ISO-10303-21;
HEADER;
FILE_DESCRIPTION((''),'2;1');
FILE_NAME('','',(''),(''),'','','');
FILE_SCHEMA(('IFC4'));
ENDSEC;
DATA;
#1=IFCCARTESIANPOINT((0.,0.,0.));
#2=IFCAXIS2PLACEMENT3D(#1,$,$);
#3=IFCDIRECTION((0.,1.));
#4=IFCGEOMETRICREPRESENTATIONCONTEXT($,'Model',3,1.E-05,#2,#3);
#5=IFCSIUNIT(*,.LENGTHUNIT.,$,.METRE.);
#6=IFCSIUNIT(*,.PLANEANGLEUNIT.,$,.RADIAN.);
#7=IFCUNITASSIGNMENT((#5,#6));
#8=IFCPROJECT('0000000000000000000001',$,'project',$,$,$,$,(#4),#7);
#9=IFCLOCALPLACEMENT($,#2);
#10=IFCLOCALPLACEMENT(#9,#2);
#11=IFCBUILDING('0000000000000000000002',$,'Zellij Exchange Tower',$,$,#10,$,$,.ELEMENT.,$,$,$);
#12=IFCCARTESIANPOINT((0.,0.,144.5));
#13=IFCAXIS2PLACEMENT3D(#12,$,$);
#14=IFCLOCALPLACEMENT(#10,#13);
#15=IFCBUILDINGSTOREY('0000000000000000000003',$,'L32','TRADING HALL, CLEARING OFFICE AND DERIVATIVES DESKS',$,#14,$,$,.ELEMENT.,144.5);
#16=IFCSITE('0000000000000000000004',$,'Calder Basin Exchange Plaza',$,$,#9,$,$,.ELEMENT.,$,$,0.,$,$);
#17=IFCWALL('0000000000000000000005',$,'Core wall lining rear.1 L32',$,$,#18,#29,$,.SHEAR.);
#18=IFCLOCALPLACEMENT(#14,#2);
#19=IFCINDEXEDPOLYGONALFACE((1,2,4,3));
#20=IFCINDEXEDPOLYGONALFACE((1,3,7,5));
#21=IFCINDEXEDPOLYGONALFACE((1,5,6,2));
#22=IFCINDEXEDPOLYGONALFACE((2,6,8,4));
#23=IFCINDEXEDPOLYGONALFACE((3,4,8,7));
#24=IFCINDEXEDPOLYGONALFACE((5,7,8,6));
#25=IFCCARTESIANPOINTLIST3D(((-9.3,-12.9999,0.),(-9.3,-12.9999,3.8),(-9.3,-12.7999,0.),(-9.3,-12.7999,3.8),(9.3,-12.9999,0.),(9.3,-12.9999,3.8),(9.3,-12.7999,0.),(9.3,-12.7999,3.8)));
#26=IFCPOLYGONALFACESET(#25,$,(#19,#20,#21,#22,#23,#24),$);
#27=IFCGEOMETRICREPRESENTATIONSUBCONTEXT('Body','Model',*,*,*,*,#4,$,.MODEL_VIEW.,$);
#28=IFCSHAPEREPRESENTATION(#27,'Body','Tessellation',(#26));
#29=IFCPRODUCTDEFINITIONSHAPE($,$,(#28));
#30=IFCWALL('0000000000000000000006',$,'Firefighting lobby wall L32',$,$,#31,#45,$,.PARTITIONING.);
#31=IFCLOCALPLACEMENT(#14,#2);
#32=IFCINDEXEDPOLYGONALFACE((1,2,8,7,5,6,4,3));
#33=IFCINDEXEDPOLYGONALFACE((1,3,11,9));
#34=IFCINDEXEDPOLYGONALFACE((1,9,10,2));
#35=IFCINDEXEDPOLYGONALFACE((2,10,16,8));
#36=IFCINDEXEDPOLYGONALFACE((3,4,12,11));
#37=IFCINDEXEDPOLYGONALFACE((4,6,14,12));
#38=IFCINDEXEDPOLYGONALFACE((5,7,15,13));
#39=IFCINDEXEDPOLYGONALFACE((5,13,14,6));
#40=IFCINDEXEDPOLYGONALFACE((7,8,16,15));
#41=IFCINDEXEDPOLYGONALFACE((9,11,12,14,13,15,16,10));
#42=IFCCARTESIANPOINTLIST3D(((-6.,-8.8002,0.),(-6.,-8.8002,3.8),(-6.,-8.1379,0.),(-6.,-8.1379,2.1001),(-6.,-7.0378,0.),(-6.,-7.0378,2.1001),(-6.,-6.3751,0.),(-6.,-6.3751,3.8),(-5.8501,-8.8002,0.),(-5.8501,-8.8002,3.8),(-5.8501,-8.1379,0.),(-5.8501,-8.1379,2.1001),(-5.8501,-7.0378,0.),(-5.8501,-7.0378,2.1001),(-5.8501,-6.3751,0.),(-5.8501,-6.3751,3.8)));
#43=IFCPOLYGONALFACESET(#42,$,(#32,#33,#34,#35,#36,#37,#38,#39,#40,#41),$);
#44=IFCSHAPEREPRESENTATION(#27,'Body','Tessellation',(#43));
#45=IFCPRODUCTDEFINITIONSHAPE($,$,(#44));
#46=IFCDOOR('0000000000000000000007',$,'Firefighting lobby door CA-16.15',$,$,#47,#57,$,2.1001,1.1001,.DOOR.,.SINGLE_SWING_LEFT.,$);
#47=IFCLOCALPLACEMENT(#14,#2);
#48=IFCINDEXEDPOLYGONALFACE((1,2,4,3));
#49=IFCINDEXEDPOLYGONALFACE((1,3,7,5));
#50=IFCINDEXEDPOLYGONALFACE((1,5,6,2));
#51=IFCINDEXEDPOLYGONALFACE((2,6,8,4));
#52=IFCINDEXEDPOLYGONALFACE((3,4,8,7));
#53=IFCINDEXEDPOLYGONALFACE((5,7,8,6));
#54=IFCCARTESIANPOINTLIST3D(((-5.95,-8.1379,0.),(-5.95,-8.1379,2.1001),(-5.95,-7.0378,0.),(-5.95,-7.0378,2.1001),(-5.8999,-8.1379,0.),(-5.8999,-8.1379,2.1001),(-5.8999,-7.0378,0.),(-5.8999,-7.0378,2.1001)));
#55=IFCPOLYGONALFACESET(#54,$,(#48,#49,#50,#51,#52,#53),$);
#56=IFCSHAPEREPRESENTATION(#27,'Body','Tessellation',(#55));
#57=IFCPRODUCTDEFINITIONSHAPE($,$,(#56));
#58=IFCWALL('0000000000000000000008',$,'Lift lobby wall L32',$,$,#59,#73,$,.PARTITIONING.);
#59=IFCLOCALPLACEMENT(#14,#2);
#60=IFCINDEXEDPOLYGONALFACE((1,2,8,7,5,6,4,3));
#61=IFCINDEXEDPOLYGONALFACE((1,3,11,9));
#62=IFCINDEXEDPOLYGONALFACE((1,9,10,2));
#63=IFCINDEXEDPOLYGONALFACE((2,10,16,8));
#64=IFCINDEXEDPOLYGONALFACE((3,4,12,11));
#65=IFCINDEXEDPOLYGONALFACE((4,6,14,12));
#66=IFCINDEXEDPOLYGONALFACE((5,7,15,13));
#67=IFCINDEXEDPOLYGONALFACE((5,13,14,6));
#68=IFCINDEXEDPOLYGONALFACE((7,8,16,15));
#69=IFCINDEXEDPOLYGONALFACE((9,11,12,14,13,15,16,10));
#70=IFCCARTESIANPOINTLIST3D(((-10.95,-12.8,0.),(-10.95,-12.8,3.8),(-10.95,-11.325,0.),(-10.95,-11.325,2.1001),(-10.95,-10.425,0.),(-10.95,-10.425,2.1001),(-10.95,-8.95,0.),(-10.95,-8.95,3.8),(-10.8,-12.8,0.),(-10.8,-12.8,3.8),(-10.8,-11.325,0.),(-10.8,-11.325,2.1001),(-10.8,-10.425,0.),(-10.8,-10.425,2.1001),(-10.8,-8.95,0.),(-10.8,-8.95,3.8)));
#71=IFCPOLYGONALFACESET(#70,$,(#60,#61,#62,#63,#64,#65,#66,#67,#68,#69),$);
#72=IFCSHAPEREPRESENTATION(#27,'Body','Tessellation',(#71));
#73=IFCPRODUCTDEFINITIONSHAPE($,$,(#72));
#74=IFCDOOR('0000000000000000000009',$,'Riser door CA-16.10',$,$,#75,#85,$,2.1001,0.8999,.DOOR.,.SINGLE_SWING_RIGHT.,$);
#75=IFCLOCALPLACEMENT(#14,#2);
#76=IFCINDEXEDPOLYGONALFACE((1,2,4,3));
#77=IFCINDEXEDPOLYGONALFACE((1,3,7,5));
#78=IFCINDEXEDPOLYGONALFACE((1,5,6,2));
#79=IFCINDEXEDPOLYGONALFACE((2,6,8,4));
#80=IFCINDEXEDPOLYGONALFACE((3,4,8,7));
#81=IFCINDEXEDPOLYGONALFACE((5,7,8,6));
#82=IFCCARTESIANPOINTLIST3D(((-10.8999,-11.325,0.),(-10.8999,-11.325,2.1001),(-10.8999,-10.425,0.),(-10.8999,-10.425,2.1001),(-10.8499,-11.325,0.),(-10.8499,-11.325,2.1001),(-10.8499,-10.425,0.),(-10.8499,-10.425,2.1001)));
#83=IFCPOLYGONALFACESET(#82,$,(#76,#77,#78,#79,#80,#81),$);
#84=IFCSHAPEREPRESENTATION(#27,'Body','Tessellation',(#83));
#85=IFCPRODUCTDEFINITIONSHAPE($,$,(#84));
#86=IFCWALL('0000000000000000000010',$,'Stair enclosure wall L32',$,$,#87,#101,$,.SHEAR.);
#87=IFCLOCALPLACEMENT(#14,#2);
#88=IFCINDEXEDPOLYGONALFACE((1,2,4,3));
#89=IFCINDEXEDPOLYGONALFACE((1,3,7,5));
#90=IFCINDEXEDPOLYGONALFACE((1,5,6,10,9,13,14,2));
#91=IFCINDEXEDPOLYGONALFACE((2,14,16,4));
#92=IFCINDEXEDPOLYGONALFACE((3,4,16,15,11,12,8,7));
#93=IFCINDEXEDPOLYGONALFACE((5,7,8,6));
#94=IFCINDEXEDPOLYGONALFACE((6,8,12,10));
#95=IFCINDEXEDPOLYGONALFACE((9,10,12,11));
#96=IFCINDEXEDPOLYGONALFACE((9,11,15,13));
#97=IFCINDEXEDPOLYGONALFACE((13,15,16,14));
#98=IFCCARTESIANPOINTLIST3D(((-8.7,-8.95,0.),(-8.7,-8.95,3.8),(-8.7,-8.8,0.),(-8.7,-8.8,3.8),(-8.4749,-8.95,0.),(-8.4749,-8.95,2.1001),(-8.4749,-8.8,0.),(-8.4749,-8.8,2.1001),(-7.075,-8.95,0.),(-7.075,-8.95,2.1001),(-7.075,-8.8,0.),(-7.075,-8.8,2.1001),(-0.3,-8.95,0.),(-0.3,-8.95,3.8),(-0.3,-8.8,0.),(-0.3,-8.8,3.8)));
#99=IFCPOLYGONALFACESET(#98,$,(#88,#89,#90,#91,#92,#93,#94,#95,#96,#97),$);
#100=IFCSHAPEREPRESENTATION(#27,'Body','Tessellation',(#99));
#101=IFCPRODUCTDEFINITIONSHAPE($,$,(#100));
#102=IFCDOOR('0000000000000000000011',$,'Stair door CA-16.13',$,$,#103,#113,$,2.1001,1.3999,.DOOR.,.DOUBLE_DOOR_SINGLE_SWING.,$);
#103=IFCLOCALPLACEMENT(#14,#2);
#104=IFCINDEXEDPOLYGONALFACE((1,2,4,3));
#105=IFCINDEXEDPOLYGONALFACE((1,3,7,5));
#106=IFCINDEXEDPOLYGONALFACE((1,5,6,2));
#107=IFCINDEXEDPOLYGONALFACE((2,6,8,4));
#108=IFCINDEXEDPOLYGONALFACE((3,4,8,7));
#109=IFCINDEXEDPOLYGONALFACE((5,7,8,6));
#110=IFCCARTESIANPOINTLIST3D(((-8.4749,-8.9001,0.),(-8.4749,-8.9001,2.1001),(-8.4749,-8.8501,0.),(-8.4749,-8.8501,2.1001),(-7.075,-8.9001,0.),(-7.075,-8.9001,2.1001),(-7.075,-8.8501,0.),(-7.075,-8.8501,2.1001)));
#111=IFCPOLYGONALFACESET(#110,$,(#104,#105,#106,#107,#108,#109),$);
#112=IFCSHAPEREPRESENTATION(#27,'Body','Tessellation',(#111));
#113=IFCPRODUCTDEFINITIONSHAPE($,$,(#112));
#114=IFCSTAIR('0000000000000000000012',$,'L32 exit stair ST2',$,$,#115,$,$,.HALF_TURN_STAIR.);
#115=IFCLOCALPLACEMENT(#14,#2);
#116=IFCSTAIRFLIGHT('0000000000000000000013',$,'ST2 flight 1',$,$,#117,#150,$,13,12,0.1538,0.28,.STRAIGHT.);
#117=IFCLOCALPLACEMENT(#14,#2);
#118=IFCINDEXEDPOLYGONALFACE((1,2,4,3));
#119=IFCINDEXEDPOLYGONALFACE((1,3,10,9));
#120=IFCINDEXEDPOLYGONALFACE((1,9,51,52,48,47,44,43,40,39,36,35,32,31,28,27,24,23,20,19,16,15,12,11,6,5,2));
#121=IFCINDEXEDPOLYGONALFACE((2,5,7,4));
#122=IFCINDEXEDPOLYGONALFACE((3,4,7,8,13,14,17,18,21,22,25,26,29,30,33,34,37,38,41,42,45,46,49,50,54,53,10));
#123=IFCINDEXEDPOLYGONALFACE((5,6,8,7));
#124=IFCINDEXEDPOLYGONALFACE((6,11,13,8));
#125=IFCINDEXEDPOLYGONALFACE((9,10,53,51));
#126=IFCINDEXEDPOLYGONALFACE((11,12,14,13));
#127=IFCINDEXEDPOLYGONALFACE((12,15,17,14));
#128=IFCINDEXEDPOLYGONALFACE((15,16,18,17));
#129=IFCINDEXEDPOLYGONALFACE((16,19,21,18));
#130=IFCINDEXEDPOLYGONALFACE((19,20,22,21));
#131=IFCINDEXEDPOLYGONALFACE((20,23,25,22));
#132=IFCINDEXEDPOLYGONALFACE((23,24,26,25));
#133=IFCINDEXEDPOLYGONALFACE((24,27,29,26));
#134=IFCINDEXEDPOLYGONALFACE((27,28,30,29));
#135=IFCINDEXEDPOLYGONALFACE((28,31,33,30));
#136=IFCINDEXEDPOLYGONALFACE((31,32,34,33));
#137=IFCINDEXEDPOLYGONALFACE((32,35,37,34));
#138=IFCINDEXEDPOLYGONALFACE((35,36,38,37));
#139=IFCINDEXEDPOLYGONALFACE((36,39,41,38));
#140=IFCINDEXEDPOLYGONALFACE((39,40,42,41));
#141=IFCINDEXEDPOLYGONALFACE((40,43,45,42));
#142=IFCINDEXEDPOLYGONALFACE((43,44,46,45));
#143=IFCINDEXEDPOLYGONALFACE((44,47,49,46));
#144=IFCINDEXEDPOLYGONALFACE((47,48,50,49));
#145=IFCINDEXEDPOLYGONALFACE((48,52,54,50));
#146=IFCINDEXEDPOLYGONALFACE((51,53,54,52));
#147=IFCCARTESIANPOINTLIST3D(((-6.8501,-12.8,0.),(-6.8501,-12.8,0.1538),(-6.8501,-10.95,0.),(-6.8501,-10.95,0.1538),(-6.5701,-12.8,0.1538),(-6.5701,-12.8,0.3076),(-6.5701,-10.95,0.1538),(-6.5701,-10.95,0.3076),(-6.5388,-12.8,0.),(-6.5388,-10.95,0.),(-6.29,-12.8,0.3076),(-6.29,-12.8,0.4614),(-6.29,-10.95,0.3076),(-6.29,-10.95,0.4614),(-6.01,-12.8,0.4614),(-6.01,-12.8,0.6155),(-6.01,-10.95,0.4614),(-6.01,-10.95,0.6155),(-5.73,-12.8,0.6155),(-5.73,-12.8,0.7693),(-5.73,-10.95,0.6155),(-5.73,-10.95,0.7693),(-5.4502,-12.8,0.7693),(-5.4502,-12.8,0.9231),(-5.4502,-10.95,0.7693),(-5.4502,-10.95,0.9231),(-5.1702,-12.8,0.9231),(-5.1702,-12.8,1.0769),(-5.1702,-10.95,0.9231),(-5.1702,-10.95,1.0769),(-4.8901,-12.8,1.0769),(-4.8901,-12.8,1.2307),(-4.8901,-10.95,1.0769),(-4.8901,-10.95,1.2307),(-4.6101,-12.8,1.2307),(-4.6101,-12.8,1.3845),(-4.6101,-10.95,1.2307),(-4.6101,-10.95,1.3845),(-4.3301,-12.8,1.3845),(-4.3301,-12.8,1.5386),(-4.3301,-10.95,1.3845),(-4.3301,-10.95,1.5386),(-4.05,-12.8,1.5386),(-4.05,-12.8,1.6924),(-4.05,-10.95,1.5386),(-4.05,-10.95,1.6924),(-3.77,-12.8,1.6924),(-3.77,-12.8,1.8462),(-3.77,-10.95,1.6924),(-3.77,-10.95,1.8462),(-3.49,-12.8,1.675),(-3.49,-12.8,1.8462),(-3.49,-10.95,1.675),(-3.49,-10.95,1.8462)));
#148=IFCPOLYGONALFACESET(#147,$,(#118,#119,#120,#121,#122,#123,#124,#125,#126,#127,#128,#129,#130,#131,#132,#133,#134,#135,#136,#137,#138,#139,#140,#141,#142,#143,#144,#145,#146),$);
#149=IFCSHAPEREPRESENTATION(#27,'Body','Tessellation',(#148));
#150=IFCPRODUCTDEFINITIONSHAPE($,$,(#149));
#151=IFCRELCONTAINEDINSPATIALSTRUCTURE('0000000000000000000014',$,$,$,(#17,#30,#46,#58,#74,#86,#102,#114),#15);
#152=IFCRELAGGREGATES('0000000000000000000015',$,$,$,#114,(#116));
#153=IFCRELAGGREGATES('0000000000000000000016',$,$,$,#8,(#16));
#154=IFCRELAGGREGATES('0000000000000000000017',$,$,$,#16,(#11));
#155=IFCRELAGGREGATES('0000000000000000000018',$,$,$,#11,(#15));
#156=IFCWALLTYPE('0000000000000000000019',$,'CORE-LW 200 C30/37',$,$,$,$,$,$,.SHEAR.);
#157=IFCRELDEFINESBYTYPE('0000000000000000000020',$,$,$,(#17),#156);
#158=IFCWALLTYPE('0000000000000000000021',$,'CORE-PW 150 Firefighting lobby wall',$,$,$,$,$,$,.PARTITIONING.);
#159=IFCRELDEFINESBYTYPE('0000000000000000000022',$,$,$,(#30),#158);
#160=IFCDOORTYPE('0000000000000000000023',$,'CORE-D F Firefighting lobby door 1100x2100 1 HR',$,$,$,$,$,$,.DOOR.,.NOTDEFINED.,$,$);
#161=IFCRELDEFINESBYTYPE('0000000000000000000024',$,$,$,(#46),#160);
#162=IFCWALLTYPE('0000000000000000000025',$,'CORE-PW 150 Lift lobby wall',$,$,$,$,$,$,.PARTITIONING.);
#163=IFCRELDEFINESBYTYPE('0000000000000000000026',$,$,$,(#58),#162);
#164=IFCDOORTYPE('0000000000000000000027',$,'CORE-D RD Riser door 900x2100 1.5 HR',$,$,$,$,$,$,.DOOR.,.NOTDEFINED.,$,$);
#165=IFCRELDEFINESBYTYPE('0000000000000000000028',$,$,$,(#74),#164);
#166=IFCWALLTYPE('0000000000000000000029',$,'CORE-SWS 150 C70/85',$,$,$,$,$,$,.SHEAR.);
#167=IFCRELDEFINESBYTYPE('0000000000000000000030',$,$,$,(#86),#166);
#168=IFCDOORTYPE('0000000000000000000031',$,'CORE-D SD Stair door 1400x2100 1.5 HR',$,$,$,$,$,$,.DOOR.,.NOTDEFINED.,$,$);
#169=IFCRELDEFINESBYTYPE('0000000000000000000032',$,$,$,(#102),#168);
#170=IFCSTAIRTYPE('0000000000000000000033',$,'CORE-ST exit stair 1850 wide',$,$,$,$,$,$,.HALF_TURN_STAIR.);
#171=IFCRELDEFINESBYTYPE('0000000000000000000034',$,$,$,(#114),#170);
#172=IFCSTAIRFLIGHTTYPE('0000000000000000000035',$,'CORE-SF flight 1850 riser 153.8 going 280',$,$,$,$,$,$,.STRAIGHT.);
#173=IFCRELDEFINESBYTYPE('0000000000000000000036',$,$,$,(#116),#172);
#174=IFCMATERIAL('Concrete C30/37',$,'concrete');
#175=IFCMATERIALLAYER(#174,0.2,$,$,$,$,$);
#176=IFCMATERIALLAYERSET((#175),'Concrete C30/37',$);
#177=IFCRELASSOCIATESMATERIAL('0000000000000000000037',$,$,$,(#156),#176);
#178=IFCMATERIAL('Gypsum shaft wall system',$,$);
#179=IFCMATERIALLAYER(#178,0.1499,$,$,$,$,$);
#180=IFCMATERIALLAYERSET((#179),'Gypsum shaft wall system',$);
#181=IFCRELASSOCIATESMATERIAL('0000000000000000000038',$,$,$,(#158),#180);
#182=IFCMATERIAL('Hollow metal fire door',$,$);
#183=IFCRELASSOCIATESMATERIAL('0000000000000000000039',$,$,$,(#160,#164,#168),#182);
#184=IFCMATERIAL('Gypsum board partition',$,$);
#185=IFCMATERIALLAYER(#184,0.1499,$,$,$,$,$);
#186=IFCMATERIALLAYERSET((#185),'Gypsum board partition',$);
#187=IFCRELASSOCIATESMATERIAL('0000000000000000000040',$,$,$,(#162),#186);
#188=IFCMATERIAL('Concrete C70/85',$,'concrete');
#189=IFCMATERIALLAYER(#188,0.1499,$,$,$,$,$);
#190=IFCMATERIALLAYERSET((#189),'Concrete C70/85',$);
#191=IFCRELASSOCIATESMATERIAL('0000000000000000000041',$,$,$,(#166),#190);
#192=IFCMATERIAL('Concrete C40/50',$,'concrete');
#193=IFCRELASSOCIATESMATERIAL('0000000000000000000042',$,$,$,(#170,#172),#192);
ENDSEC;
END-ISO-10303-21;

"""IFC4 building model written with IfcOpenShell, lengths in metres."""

from ifc_helpers import new_model, si_unit, direction, frame, frame_2d, origin, place, context, subcontext, project, spatial, polyline, rectangle, outline, extrude, material, layer, layer_set, type_object, element, fill, aggregate, save


model = new_model("IFC4")

# Units and contexts
model_context = context("Model", 3, precision=1e-05, world=origin(), true_north=direction((0.0, 1.0)))
body_context = subcontext(model_context, "Body", "Model", "MODEL_VIEW")
ifc_project = project(units=[si_unit("LENGTHUNIT", "METRE"), si_unit("PLANEANGLEUNIT", "RADIAN")], contexts=[model_context])

# Site, building, storey
site_placement = place(None, origin())
site = spatial("IfcSite", under=ifc_project, at=site_placement, Name="Calder Basin Exchange Plaza", CompositionType="ELEMENT", RefElevation=0.0)
building_placement = place(site_placement, origin())
building = spatial("IfcBuilding", under=site, at=building_placement, Name="Zellij Exchange Tower", CompositionType="ELEMENT")
storey_placement = place(building_placement, frame((0.0, 0.0, 144.5)))
storey = spatial("IfcBuildingStorey", under=building, at=storey_placement, Name="L32", Description="TRADING HALL, CLEARING OFFICE AND DERIVATIVES DESKS", CompositionType="ELEMENT", Elevation=144.5)

# Shared definitions
ifc_material_1 = material(Name="Concrete C70/85", Category="concrete")

# Wall
ifc_material_2 = material(Name="Concrete C30/37", Category="concrete")
ifc_layer_1 = layer(ifc_material_2, 0.2)
ifc_layer_set_1 = layer_set([ifc_layer_1], Name="Concrete C30/37")
wall_type_1 = type_object("IfcWallType", Name="CORE-LW 200 C30/37", PredefinedType="SHEAR", material=ifc_layer_set_1)
wall_1_placement = place(storey_placement, frame((-9.3, -12.8999, 0.0), z_axis=(0.0, 0.0, 1.0), x_axis=(1.0, 0.0, 0.0)))
element("IfcWall", 1, at=wall_1_placement, inside=storey, type_object=wall_type_1, Name="Core wall lining rear.1 L32", PredefinedType="SHEAR", context=body_context, shape_type="SweptSolid", body=[
    extrude(rectangle(XDim=18.6001, YDim=0.2, at=frame_2d((9.3, 0.0))), origin(), (0.0, 0.0, 1.0), 3.8),
])

# Walls, openings, doors
ifc_material_3 = material(Name="Gypsum shaft wall system")
ifc_layer_2 = layer(ifc_material_3, 0.1499)
ifc_layer_set_2 = layer_set([ifc_layer_2], Name="Gypsum shaft wall system")
wall_type_2 = type_object("IfcWallType", Name="CORE-PW 150 Firefighting lobby wall", PredefinedType="PARTITIONING", material=ifc_layer_set_2)
wall_2_placement = place(storey_placement, frame((-5.925, -8.8, 0.0), z_axis=(0.0, 0.0, 1.0), x_axis=(0.0, 1.0, 0.0)))
wall_2 = element("IfcWall", 2, at=wall_2_placement, inside=storey, type_object=wall_type_2, Name="Firefighting lobby wall L32", PredefinedType="PARTITIONING", context=body_context, shape_type="SweptSolid", body=[
    extrude(rectangle(XDim=2.425, YDim=0.1499, at=frame_2d((1.2124, 0.0))), origin(), (0.0, 0.0, 1.0), 3.8),
])
opening_1_placement = place(wall_2_placement, frame((0.6621, 0.0, 0.0)))
opening_1 = element("IfcOpeningElement", 3, at=opening_1_placement, cuts=wall_2, PredefinedType="OPENING", context=body_context, shape_type="SweptSolid", body=[
    extrude(rectangle(XDim=1.1001, YDim=2.1001, at=frame_2d((0.55, 1.05))), frame((0.0, 0.0869, 0.0), z_axis=(0.0, -1.0, 0.0), x_axis=(1.0, 0.0, 0.0)), (0.0, 0.0, 1.0), 0.1738),
])
ifc_material_4 = material(Name="Hollow metal fire door")
door_type_1 = type_object("IfcDoorType", Name="CORE-D F Firefighting lobby door 1100x2100 1 HR", OperationType="NOTDEFINED", PredefinedType="DOOR", material=ifc_material_4)
door_1_placement = place(opening_1_placement, origin())
door_1 = element("IfcDoor", 4, at=door_1_placement, inside=storey, type_object=door_type_1, Name="Firefighting lobby door CA-16.15", OperationType="SINGLE_SWING_LEFT", OverallHeight=2.1001, OverallWidth=1.1001, PredefinedType="DOOR", context=body_context, shape_type="SweptSolid", body=[
    extrude(rectangle(XDim=1.1001, YDim=2.1001, at=frame_2d((0.55, 1.05))), frame((0.0, 0.0249, 0.0), z_axis=(0.0, -1.0, 0.0), x_axis=(1.0, 0.0, 0.0)), (0.0, 0.0, 1.0), 0.05),
])
fill(opening_1, door_1)
ifc_material_5 = material(Name="Gypsum board partition")
ifc_layer_3 = layer(ifc_material_5, 0.1499)
ifc_layer_set_3 = layer_set([ifc_layer_3], Name="Gypsum board partition")
wall_type_3 = type_object("IfcWallType", Name="CORE-PW 150 Lift lobby wall", PredefinedType="PARTITIONING", material=ifc_layer_set_3)
wall_3_placement = place(storey_placement, frame((-10.875, -12.8, 0.0), z_axis=(0.0, 0.0, 1.0), x_axis=(0.0, 1.0, 0.0)))
wall_3 = element("IfcWall", 5, at=wall_3_placement, inside=storey, type_object=wall_type_3, Name="Lift lobby wall L32", PredefinedType="PARTITIONING", context=body_context, shape_type="SweptSolid", body=[
    extrude(rectangle(XDim=3.8501, YDim=0.1499, at=frame_2d((1.925, 0.0))), origin(), (0.0, 0.0, 1.0), 3.8),
])
opening_2_placement = place(wall_3_placement, frame((1.4751, 0.0, 0.0)))
opening_2 = element("IfcOpeningElement", 6, at=opening_2_placement, cuts=wall_3, PredefinedType="OPENING", context=body_context, shape_type="SweptSolid", body=[
    extrude(rectangle(XDim=0.8999, YDim=2.1001, at=frame_2d((0.45, 1.05))), frame((0.0, 0.0869, 0.0), z_axis=(0.0, -1.0, 0.0), x_axis=(1.0, 0.0, 0.0)), (0.0, 0.0, 1.0), 0.1738),
])
door_type_2 = type_object("IfcDoorType", Name="CORE-D RD Riser door 900x2100 1.5 HR", OperationType="NOTDEFINED", PredefinedType="DOOR", material=ifc_material_4)
door_2_placement = place(opening_2_placement, origin())
door_2 = element("IfcDoor", 7, at=door_2_placement, inside=storey, type_object=door_type_2, Name="Riser door CA-16.10", OperationType="SINGLE_SWING_RIGHT", OverallHeight=2.1001, OverallWidth=0.8999, PredefinedType="DOOR", context=body_context, shape_type="SweptSolid", body=[
    extrude(rectangle(XDim=0.8999, YDim=2.1001, at=frame_2d((0.45, 1.05))), frame((0.0, 0.0249, 0.0), z_axis=(0.0, -1.0, 0.0), x_axis=(1.0, 0.0, 0.0)), (0.0, 0.0, 1.0), 0.05),
])
fill(opening_2, door_2)
ifc_layer_4 = layer(ifc_material_1, 0.1499)
ifc_layer_set_4 = layer_set([ifc_layer_4], Name="Concrete C70/85")
wall_type_4 = type_object("IfcWallType", Name="CORE-SWS 150 C70/85", PredefinedType="SHEAR", material=ifc_layer_set_4)
wall_4_placement = place(storey_placement, frame((-8.7, -8.875, 0.0), z_axis=(0.0, 0.0, 1.0), x_axis=(1.0, 0.0, 0.0)))
wall_4 = element("IfcWall", 8, at=wall_4_placement, inside=storey, type_object=wall_type_4, Name="Stair enclosure wall L32", PredefinedType="SHEAR", context=body_context, shape_type="SweptSolid", body=[
    extrude(rectangle(XDim=8.3999, YDim=0.1499, at=frame_2d((4.2, 0.0))), origin(), (0.0, 0.0, 1.0), 3.8),
])
opening_3_placement = place(wall_4_placement, frame((0.2251, 0.0, 0.0)))
opening_3 = element("IfcOpeningElement", 9, at=opening_3_placement, cuts=wall_4, PredefinedType="OPENING", context=body_context, shape_type="SweptSolid", body=[
    extrude(rectangle(XDim=1.3999, YDim=2.1001, at=frame_2d((0.7, 1.05))), frame((0.0, 0.0869, 0.0), z_axis=(0.0, -1.0, 0.0), x_axis=(1.0, 0.0, 0.0)), (0.0, 0.0, 1.0), 0.1738),
])
door_type_3 = type_object("IfcDoorType", Name="CORE-D SD Stair door 1400x2100 1.5 HR", OperationType="NOTDEFINED", PredefinedType="DOOR", material=ifc_material_4)
door_3_placement = place(opening_3_placement, origin())
door_3 = element("IfcDoor", 10, at=door_3_placement, inside=storey, type_object=door_type_3, Name="Stair door CA-16.13", OperationType="DOUBLE_DOOR_SINGLE_SWING", OverallHeight=2.1001, OverallWidth=1.3999, PredefinedType="DOOR", context=body_context, shape_type="SweptSolid", body=[
    extrude(rectangle(XDim=1.3999, YDim=2.1001, at=frame_2d((0.7, 1.05))), frame((0.0, 0.0249, 0.0), z_axis=(0.0, -1.0, 0.0), x_axis=(1.0, 0.0, 0.0)), (0.0, 0.0, 1.0), 0.05),
])
fill(opening_3, door_3)

# Stair, stair flight
ifc_material_6 = material(Name="Concrete C40/50", Category="concrete")
stair_type = type_object("IfcStairType", Name="CORE-ST exit stair 1850 wide", PredefinedType="HALF_TURN_STAIR", material=ifc_material_6)
stair_placement = place(storey_placement, origin())
stair = element("IfcStair", 11, at=stair_placement, inside=storey, type_object=stair_type, Name="L32 exit stair ST2", PredefinedType="HALF_TURN_STAIR")
stair_flight_type = type_object("IfcStairFlightType", Name="CORE-SF flight 1850 riser 153.8 going 280", PredefinedType="STRAIGHT", material=ifc_material_6)
stair_flight_1_placement = place(storey_placement, frame((-6.8501, -11.875, 0.0), z_axis=(0.0, 0.0, 1.0), x_axis=(1.0, 0.0, 0.0)))
stair_flight_1 = element("IfcStairFlight", 12, at=stair_flight_1_placement, type_object=stair_flight_type, Name="ST2 flight 1", NumberOfRisers=13, NumberOfTreads=12, PredefinedType="STRAIGHT", RiserHeight=0.1538, TreadLength=0.28, context=body_context, shape_type="SweptSolid", body=[
    extrude(outline(polyline([(0.0, 0.0), (0.0, 0.1538), (0.28, 0.1538), (0.28, 0.3076), (0.5601, 0.3076), (0.5601, 0.4614), (0.8401, 0.4614), (0.8401, 0.6155), (1.1201, 0.6155), (1.1201, 0.7693), (1.3999, 0.7693), (1.3999, 0.9231), (1.6799, 0.9231), (1.6799, 1.0769), (1.96, 1.0769), (1.96, 1.2307), (2.24, 1.2307), (2.24, 1.3845), (2.52, 1.3845), (2.52, 1.5386), (2.8, 1.5386), (2.8, 1.6924), (3.0801, 1.6924), (3.0801, 1.8462), (3.3601, 1.8462), (3.3601, 2.0), (3.3601, 1.675), (0.3113, 0.0), (0.0, 0.0)])), frame((0.0, 0.925, 0.0), z_axis=(0.0, -1.0, 0.0), x_axis=(1.0, 0.0, 0.0)), (0.0, 0.0, 1.0), 1.8501),
])
aggregate(stair, [stair_flight_1])

save(model, "model.ifc")
